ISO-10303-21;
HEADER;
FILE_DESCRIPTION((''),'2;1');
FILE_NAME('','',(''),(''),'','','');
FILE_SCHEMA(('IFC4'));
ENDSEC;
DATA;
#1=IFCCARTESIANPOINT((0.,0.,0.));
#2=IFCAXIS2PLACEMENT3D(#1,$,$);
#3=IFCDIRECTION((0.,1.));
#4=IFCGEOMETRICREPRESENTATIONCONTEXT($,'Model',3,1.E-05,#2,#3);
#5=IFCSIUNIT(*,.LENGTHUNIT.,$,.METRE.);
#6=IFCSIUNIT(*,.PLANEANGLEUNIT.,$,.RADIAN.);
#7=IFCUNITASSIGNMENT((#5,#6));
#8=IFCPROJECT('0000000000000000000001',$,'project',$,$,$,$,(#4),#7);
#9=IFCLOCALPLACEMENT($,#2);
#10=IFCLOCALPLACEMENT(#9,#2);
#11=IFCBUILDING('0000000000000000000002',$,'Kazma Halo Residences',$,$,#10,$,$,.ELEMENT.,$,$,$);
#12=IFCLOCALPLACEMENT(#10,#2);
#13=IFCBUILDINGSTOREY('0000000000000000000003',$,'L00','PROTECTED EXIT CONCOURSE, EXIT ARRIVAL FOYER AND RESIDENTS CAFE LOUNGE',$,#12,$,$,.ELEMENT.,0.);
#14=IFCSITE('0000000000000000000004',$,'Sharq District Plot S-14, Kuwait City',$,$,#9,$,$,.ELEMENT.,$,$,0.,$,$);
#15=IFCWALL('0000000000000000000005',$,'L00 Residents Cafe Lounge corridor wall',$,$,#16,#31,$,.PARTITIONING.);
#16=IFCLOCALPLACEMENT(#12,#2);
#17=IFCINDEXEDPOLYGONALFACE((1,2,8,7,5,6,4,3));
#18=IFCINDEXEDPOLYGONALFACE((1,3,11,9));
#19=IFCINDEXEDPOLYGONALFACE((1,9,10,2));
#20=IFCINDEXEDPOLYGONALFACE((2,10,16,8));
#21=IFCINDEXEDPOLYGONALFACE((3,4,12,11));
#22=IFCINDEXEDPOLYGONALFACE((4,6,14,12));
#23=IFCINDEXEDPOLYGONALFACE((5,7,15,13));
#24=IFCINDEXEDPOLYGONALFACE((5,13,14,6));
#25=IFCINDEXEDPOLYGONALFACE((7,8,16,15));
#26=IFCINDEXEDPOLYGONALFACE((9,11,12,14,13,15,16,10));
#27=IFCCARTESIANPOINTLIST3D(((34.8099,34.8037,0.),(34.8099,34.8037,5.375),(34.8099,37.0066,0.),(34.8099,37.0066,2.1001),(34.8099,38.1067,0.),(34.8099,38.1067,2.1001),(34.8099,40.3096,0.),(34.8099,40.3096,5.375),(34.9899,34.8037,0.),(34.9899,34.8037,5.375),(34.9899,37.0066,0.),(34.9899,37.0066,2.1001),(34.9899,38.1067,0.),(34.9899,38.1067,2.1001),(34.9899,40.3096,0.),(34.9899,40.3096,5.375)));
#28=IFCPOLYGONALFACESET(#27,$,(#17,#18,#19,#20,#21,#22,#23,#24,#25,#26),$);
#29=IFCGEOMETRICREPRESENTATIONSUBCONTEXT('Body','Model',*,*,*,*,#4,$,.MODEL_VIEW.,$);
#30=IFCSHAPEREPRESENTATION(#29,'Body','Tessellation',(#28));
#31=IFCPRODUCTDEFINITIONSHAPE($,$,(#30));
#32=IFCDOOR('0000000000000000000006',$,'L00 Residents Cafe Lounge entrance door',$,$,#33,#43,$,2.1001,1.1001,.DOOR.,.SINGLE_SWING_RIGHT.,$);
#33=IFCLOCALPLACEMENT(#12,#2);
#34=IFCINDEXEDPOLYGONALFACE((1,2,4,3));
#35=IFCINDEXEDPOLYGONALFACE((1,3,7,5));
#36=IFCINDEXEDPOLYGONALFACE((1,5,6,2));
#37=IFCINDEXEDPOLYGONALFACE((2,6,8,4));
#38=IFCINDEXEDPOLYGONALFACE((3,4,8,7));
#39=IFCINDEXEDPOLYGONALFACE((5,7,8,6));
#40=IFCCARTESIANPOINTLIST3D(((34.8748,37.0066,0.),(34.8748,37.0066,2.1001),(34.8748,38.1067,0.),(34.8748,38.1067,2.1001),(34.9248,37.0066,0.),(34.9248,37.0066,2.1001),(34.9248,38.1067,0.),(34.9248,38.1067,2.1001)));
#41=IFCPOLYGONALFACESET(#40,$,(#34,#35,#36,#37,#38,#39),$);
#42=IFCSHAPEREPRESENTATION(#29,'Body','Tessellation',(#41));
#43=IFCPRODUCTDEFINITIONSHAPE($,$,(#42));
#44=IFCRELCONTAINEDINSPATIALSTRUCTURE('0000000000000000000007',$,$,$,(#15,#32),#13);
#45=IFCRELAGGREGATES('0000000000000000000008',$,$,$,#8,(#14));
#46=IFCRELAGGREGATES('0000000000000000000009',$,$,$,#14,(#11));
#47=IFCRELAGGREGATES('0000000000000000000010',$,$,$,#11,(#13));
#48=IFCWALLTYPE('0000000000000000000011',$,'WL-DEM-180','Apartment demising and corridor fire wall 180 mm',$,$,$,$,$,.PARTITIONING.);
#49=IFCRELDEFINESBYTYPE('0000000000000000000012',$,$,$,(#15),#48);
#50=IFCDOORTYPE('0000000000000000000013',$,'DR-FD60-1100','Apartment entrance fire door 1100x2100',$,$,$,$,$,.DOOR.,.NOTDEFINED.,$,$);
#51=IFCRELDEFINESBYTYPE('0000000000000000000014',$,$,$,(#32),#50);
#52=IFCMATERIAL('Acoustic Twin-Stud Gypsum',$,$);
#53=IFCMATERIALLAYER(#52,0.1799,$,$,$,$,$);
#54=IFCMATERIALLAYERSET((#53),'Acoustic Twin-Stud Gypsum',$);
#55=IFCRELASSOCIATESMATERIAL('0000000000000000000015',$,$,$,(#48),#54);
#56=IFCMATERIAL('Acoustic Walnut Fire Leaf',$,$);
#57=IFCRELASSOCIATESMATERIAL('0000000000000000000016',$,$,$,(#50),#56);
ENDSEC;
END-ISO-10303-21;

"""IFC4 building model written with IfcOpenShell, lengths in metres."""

from ifc_helpers import new_model, si_unit, direction, frame, frame_2d, origin, place, context, subcontext, project, spatial, rectangle, extrude, material, layer, layer_set, type_object, element, fill, save


model = new_model("IFC4")

# Units and contexts
model_context = context("Model", 3, precision=1e-05, world=origin(), true_north=direction((0.0, 1.0)))
body_context = subcontext(model_context, "Body", "Model", "MODEL_VIEW")
ifc_project = project(units=[si_unit("LENGTHUNIT", "METRE"), si_unit("PLANEANGLEUNIT", "RADIAN")], contexts=[model_context])

# Site, building, storey
site_placement = place(None, origin())
site = spatial("IfcSite", under=ifc_project, at=site_placement, Name="Sharq District Plot S-14, Kuwait City", CompositionType="ELEMENT", RefElevation=0.0)
building_placement = place(site_placement, origin())
building = spatial("IfcBuilding", under=site, at=building_placement, Name="Kazma Halo Residences", CompositionType="ELEMENT")
storey_placement = place(building_placement, origin())
storey = spatial("IfcBuildingStorey", under=building, at=storey_placement, Name="L00", Description="PROTECTED EXIT CONCOURSE, EXIT ARRIVAL FOYER AND RESIDENTS CAFE LOUNGE", CompositionType="ELEMENT", Elevation=0.0)

# Shared definitions
ifc_material_1 = material(Name="Acoustic Twin-Stud Gypsum")
ifc_layer_1 = layer(ifc_material_1, 0.1799)
ifc_layer_set_1 = layer_set([ifc_layer_1], Name="Acoustic Twin-Stud Gypsum")
wall_type = type_object("IfcWallType", Name="WL-DEM-180", Description="Apartment demising and corridor fire wall 180 mm", PredefinedType="PARTITIONING", material=ifc_layer_set_1)

# Wall, opening, door
wall_1_placement = place(storey_placement, frame((34.8999, 40.3096, 0.0), z_axis=(0.0, 0.0, 1.0), x_axis=(0.0, -1.0, 0.0)))
wall_1 = element("IfcWall", 1, at=wall_1_placement, inside=storey, type_object=wall_type, Name="L00 Residents Cafe Lounge corridor wall", PredefinedType="PARTITIONING", context=body_context, shape_type="SweptSolid", body=[
    extrude(rectangle(XDim=5.5059, YDim=0.1799, at=frame_2d((2.7529, 0.0))), origin(), (0.0, 0.0, 1.0), 5.375),
])
opening_1_placement = place(wall_1_placement, frame((2.2029, 0.0, 0.0)))
opening_1 = element("IfcOpeningElement", 2, at=opening_1_placement, cuts=wall_1, PredefinedType="OPENING", context=body_context, shape_type="SweptSolid", body=[
    extrude(rectangle(XDim=1.1001, YDim=2.1001, at=frame_2d((0.55, 1.05))), frame((0.0, 0.0999, 0.0), z_axis=(0.0, -1.0, 0.0), x_axis=(1.0, 0.0, 0.0)), (0.0, 0.0, 1.0), 0.2),
])
ifc_material_2 = material(Name="Acoustic Walnut Fire Leaf")
door_type_1 = type_object("IfcDoorType", Name="DR-FD60-1100", Description="Apartment entrance fire door 1100x2100", OperationType="NOTDEFINED", PredefinedType="DOOR", material=ifc_material_2)
door_1_placement = place(opening_1_placement, origin())
door_1 = element("IfcDoor", 3, at=door_1_placement, inside=storey, type_object=door_type_1, Name="L00 Residents Cafe Lounge entrance door", OperationType="SINGLE_SWING_RIGHT", OverallHeight=2.1001, OverallWidth=1.1001, PredefinedType="DOOR", context=body_context, shape_type="SweptSolid", body=[
    extrude(rectangle(XDim=1.1001, YDim=2.1001, at=frame_2d((0.55, 1.05))), frame((0.0, 0.0249, 0.0), z_axis=(0.0, -1.0, 0.0), x_axis=(1.0, 0.0, 0.0)), (0.0, 0.0, 1.0), 0.05),
])
fill(opening_1, door_1)

save(model, "model.ifc")
